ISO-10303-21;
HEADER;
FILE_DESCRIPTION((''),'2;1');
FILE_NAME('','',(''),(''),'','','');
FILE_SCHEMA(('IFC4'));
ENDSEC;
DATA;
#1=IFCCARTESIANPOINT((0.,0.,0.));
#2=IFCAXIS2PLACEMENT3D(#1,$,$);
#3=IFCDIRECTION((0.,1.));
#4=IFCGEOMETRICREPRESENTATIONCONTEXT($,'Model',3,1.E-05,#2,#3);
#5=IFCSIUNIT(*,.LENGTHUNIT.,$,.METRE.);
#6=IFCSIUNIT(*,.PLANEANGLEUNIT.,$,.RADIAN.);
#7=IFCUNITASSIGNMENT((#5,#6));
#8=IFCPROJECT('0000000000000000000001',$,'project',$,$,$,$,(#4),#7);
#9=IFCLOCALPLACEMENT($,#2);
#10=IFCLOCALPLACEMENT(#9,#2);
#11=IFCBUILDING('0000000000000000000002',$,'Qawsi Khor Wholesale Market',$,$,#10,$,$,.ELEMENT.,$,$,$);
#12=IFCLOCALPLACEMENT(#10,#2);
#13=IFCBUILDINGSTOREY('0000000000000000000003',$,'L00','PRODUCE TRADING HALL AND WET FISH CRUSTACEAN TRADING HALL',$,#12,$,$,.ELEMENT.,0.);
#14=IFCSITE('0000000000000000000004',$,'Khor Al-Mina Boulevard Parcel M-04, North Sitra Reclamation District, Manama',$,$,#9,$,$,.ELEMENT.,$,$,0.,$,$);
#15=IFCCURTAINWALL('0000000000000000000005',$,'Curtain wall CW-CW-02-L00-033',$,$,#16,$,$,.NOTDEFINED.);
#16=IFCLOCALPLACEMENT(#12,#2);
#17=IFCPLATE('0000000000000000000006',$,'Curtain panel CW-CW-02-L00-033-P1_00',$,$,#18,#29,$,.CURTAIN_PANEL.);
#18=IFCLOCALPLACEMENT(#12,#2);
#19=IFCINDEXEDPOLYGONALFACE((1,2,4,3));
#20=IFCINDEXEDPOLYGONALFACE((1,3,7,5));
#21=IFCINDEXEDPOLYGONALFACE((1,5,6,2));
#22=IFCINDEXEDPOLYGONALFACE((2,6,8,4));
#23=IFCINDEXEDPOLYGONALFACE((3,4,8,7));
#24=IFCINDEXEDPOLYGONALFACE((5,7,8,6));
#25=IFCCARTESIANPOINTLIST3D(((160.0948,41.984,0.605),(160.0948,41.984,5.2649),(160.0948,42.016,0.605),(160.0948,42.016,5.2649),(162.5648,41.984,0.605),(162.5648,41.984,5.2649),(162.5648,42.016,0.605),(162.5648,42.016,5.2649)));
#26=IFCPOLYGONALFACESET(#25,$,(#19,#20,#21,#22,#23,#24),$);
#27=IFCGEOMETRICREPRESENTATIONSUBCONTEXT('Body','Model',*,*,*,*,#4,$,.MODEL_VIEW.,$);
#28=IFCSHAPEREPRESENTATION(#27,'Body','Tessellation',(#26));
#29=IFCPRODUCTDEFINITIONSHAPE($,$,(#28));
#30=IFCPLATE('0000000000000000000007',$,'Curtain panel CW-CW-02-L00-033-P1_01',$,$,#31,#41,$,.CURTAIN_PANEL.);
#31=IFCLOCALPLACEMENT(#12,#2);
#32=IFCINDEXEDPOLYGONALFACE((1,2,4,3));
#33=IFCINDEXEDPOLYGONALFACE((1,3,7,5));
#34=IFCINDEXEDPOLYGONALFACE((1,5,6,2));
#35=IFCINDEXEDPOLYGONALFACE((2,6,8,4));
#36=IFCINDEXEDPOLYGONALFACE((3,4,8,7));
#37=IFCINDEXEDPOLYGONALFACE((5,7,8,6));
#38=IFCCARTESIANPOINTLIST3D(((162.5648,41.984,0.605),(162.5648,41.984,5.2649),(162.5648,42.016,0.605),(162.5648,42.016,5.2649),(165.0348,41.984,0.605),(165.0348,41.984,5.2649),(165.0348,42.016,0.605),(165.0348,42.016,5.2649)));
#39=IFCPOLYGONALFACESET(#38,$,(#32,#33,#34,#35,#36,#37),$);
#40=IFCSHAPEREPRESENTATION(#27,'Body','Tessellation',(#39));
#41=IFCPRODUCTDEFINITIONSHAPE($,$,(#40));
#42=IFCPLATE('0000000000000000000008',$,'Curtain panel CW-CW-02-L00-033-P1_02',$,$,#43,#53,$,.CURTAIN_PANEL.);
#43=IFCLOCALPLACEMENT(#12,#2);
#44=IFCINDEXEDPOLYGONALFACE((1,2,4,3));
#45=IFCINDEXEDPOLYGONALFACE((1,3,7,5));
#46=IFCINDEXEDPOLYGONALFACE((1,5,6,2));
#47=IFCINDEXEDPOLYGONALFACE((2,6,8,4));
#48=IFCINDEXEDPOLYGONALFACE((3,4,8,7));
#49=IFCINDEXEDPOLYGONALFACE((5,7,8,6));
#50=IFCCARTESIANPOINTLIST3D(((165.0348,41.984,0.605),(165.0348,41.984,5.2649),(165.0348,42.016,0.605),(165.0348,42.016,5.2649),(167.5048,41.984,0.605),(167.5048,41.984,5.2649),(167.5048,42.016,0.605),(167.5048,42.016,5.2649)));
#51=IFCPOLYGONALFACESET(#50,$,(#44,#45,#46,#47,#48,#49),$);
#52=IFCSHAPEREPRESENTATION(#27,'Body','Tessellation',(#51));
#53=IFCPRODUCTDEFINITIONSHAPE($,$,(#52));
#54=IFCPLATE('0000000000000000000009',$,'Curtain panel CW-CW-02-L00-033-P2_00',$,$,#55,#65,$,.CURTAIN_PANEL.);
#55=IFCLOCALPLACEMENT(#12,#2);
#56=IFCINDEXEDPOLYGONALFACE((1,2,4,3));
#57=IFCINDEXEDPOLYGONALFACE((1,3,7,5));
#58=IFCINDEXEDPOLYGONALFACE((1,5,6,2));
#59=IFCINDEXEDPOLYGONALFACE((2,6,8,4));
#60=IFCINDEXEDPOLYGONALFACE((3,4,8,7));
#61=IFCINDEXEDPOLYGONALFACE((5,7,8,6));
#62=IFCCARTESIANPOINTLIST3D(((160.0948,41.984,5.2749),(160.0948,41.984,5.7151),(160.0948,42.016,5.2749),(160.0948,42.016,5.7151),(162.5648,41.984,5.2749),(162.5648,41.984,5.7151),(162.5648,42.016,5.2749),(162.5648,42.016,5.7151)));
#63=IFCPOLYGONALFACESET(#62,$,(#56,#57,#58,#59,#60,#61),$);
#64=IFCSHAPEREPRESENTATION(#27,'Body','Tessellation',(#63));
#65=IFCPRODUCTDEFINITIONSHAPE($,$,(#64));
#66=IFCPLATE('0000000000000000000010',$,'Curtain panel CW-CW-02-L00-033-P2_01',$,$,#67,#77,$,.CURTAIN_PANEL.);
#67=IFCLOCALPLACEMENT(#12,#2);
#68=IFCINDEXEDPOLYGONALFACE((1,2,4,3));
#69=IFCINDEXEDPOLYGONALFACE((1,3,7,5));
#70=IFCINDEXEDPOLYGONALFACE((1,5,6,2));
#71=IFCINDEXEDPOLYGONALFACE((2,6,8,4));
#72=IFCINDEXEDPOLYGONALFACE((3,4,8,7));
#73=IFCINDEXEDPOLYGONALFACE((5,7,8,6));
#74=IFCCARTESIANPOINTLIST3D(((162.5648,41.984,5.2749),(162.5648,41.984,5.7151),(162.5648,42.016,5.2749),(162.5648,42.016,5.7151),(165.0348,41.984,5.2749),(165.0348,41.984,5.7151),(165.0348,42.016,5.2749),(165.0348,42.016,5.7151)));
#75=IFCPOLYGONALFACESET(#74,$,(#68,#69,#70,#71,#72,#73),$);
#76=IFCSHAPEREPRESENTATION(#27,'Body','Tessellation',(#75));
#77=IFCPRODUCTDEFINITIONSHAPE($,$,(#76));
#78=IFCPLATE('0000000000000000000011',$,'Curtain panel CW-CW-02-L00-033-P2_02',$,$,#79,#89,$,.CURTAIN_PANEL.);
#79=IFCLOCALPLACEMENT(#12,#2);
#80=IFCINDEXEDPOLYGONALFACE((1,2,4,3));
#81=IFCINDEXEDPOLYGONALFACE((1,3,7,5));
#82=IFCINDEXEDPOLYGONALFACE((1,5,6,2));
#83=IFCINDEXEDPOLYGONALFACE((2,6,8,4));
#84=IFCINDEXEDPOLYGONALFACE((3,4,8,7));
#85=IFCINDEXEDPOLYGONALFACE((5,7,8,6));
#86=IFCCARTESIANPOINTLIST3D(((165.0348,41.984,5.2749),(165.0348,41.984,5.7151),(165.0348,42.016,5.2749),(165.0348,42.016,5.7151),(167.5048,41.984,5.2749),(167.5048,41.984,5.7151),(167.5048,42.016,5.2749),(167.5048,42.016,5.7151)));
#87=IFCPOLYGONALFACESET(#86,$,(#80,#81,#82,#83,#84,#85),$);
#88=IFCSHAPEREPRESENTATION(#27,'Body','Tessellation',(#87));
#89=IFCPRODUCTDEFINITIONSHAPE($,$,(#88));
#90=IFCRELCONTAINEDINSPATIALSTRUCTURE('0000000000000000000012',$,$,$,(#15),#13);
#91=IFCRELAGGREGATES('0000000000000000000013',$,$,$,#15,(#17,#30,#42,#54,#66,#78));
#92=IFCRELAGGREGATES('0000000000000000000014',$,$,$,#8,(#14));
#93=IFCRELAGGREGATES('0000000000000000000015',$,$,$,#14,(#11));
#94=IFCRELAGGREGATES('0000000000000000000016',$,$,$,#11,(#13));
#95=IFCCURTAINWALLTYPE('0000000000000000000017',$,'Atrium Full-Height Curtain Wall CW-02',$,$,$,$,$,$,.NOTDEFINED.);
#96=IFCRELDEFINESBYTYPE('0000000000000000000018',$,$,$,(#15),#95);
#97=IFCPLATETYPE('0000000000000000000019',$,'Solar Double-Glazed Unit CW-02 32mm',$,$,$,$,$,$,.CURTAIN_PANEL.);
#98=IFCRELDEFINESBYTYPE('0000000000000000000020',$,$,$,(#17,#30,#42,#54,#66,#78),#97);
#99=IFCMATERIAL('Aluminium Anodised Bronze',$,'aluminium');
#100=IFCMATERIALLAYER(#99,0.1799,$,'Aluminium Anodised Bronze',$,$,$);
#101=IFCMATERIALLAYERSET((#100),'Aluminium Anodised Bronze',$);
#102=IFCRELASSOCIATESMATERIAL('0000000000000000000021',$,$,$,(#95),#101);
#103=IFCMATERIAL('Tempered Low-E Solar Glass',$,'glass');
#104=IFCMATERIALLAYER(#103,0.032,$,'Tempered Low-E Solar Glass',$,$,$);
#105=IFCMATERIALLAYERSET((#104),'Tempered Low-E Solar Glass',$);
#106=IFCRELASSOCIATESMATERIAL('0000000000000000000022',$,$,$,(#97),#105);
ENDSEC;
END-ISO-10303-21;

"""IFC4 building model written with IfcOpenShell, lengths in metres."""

from ifc_helpers import new_model, si_unit, direction, frame, frame_2d, origin, place, context, subcontext, project, spatial, rectangle, extrude, material, layer, layer_set, type_object, element, aggregate, save


model = new_model("IFC4")

# Units and contexts
model_context = context("Model", 3, precision=1e-05, world=origin(), true_north=direction((0.0, 1.0)))
body_context = subcontext(model_context, "Body", "Model", "MODEL_VIEW")
ifc_project = project(units=[si_unit("LENGTHUNIT", "METRE"), si_unit("PLANEANGLEUNIT", "RADIAN")], contexts=[model_context])

# Site, building, storey
site_placement = place(None, origin())
site = spatial("IfcSite", under=ifc_project, at=site_placement, Name="Khor Al-Mina Boulevard Parcel M-04, North Sitra Reclamation District, Manama", CompositionType="ELEMENT", RefElevation=0.0)
building_placement = place(site_placement, origin())
building = spatial("IfcBuilding", under=site, at=building_placement, Name="Qawsi Khor Wholesale Market", CompositionType="ELEMENT")
storey_placement = place(building_placement, origin())
storey = spatial("IfcBuildingStorey", under=building, at=storey_placement, Name="L00", Description="PRODUCE TRADING HALL AND WET FISH CRUSTACEAN TRADING HALL", CompositionType="ELEMENT", Elevation=0.0)

# Curtain wall, plates
ifc_material_1 = material(Name="Aluminium Anodised Bronze", Category="aluminium")
ifc_layer_1 = layer(ifc_material_1, 0.1799, Name="Aluminium Anodised Bronze")
ifc_layer_set_1 = layer_set([ifc_layer_1], Name="Aluminium Anodised Bronze")
curtain_wall_type = type_object("IfcCurtainWallType", Name="Atrium Full-Height Curtain Wall CW-02", PredefinedType="NOTDEFINED", material=ifc_layer_set_1)
curtain_wall_placement = place(storey_placement, origin())
curtain_wall = element("IfcCurtainWall", 1, at=curtain_wall_placement, inside=storey, type_object=curtain_wall_type, Name="Curtain wall CW-CW-02-L00-033", PredefinedType="NOTDEFINED")
ifc_material_2 = material(Name="Tempered Low-E Solar Glass", Category="glass")
ifc_layer_2 = layer(ifc_material_2, 0.032, Name="Tempered Low-E Solar Glass")
ifc_layer_set_2 = layer_set([ifc_layer_2], Name="Tempered Low-E Solar Glass")
plate_type_1 = type_object("IfcPlateType", Name="Solar Double-Glazed Unit CW-02 32mm", PredefinedType="CURTAIN_PANEL", material=ifc_layer_set_2)
plate_1_placement = place(storey_placement, frame((160.095, 42.0, 0.605), z_axis=(0.0, 0.0, 1.0), x_axis=(1.0, 0.0, 0.0)))
plate_1 = element("IfcPlate", 2, at=plate_1_placement, type_object=plate_type_1, Name="Curtain panel CW-CW-02-L00-033-P1_00", PredefinedType="CURTAIN_PANEL", context=body_context, shape_type="SweptSolid", body=[
    extrude(rectangle(XDim=2.47, YDim=0.032, at=frame_2d((1.2349, 0.0))), origin(), (0.0, 0.0, 1.0), 4.6599),
])
plate_2_placement = place(storey_placement, frame((162.5649, 42.0, 0.605), z_axis=(0.0, 0.0, 1.0), x_axis=(1.0, 0.0, 0.0)))
plate_2 = element("IfcPlate", 3, at=plate_2_placement, type_object=plate_type_1, Name="Curtain panel CW-CW-02-L00-033-P1_01", PredefinedType="CURTAIN_PANEL", context=body_context, shape_type="SweptSolid", body=[
    extrude(rectangle(XDim=2.47, YDim=0.032, at=frame_2d((1.2349, 0.0))), origin(), (0.0, 0.0, 1.0), 4.6599),
])
plate_3_placement = place(storey_placement, frame((165.0349, 42.0, 0.605), z_axis=(0.0, 0.0, 1.0), x_axis=(1.0, 0.0, 0.0)))
plate_3 = element("IfcPlate", 4, at=plate_3_placement, type_object=plate_type_1, Name="Curtain panel CW-CW-02-L00-033-P1_02", PredefinedType="CURTAIN_PANEL", context=body_context, shape_type="SweptSolid", body=[
    extrude(rectangle(XDim=2.47, YDim=0.032, at=frame_2d((1.2349, 0.0))), origin(), (0.0, 0.0, 1.0), 4.6599),
])
plate_4_placement = place(storey_placement, frame((160.095, 42.0, 5.2749), z_axis=(0.0, 0.0, 1.0), x_axis=(1.0, 0.0, 0.0)))
plate_4 = element("IfcPlate", 5, at=plate_4_placement, type_object=plate_type_1, Name="Curtain panel CW-CW-02-L00-033-P2_00", PredefinedType="CURTAIN_PANEL", context=body_context, shape_type="SweptSolid", body=[
    extrude(rectangle(XDim=2.47, YDim=0.032, at=frame_2d((1.2349, 0.0))), origin(), (0.0, 0.0, 1.0), 0.4402),
])
plate_5_placement = place(storey_placement, frame((162.5649, 42.0, 5.2749), z_axis=(0.0, 0.0, 1.0), x_axis=(1.0, 0.0, 0.0)))
plate_5 = element("IfcPlate", 6, at=plate_5_placement, type_object=plate_type_1, Name="Curtain panel CW-CW-02-L00-033-P2_01", PredefinedType="CURTAIN_PANEL", context=body_context, shape_type="SweptSolid", body=[
    extrude(rectangle(XDim=2.47, YDim=0.032, at=frame_2d((1.2349, 0.0))), origin(), (0.0, 0.0, 1.0), 0.4402),
])
plate_6_placement = place(storey_placement, frame((165.0349, 42.0, 5.2749), z_axis=(0.0, 0.0, 1.0), x_axis=(1.0, 0.0, 0.0)))
plate_6 = element("IfcPlate", 7, at=plate_6_placement, type_object=plate_type_1, Name="Curtain panel CW-CW-02-L00-033-P2_02", PredefinedType="CURTAIN_PANEL", context=body_context, shape_type="SweptSolid", body=[
    extrude(rectangle(XDim=2.47, YDim=0.032, at=frame_2d((1.2349, 0.0))), origin(), (0.0, 0.0, 1.0), 0.4402),
])
aggregate(curtain_wall, [plate_1, plate_2, plate_3, plate_4, plate_5, plate_6])

save(model, "model.ifc")
